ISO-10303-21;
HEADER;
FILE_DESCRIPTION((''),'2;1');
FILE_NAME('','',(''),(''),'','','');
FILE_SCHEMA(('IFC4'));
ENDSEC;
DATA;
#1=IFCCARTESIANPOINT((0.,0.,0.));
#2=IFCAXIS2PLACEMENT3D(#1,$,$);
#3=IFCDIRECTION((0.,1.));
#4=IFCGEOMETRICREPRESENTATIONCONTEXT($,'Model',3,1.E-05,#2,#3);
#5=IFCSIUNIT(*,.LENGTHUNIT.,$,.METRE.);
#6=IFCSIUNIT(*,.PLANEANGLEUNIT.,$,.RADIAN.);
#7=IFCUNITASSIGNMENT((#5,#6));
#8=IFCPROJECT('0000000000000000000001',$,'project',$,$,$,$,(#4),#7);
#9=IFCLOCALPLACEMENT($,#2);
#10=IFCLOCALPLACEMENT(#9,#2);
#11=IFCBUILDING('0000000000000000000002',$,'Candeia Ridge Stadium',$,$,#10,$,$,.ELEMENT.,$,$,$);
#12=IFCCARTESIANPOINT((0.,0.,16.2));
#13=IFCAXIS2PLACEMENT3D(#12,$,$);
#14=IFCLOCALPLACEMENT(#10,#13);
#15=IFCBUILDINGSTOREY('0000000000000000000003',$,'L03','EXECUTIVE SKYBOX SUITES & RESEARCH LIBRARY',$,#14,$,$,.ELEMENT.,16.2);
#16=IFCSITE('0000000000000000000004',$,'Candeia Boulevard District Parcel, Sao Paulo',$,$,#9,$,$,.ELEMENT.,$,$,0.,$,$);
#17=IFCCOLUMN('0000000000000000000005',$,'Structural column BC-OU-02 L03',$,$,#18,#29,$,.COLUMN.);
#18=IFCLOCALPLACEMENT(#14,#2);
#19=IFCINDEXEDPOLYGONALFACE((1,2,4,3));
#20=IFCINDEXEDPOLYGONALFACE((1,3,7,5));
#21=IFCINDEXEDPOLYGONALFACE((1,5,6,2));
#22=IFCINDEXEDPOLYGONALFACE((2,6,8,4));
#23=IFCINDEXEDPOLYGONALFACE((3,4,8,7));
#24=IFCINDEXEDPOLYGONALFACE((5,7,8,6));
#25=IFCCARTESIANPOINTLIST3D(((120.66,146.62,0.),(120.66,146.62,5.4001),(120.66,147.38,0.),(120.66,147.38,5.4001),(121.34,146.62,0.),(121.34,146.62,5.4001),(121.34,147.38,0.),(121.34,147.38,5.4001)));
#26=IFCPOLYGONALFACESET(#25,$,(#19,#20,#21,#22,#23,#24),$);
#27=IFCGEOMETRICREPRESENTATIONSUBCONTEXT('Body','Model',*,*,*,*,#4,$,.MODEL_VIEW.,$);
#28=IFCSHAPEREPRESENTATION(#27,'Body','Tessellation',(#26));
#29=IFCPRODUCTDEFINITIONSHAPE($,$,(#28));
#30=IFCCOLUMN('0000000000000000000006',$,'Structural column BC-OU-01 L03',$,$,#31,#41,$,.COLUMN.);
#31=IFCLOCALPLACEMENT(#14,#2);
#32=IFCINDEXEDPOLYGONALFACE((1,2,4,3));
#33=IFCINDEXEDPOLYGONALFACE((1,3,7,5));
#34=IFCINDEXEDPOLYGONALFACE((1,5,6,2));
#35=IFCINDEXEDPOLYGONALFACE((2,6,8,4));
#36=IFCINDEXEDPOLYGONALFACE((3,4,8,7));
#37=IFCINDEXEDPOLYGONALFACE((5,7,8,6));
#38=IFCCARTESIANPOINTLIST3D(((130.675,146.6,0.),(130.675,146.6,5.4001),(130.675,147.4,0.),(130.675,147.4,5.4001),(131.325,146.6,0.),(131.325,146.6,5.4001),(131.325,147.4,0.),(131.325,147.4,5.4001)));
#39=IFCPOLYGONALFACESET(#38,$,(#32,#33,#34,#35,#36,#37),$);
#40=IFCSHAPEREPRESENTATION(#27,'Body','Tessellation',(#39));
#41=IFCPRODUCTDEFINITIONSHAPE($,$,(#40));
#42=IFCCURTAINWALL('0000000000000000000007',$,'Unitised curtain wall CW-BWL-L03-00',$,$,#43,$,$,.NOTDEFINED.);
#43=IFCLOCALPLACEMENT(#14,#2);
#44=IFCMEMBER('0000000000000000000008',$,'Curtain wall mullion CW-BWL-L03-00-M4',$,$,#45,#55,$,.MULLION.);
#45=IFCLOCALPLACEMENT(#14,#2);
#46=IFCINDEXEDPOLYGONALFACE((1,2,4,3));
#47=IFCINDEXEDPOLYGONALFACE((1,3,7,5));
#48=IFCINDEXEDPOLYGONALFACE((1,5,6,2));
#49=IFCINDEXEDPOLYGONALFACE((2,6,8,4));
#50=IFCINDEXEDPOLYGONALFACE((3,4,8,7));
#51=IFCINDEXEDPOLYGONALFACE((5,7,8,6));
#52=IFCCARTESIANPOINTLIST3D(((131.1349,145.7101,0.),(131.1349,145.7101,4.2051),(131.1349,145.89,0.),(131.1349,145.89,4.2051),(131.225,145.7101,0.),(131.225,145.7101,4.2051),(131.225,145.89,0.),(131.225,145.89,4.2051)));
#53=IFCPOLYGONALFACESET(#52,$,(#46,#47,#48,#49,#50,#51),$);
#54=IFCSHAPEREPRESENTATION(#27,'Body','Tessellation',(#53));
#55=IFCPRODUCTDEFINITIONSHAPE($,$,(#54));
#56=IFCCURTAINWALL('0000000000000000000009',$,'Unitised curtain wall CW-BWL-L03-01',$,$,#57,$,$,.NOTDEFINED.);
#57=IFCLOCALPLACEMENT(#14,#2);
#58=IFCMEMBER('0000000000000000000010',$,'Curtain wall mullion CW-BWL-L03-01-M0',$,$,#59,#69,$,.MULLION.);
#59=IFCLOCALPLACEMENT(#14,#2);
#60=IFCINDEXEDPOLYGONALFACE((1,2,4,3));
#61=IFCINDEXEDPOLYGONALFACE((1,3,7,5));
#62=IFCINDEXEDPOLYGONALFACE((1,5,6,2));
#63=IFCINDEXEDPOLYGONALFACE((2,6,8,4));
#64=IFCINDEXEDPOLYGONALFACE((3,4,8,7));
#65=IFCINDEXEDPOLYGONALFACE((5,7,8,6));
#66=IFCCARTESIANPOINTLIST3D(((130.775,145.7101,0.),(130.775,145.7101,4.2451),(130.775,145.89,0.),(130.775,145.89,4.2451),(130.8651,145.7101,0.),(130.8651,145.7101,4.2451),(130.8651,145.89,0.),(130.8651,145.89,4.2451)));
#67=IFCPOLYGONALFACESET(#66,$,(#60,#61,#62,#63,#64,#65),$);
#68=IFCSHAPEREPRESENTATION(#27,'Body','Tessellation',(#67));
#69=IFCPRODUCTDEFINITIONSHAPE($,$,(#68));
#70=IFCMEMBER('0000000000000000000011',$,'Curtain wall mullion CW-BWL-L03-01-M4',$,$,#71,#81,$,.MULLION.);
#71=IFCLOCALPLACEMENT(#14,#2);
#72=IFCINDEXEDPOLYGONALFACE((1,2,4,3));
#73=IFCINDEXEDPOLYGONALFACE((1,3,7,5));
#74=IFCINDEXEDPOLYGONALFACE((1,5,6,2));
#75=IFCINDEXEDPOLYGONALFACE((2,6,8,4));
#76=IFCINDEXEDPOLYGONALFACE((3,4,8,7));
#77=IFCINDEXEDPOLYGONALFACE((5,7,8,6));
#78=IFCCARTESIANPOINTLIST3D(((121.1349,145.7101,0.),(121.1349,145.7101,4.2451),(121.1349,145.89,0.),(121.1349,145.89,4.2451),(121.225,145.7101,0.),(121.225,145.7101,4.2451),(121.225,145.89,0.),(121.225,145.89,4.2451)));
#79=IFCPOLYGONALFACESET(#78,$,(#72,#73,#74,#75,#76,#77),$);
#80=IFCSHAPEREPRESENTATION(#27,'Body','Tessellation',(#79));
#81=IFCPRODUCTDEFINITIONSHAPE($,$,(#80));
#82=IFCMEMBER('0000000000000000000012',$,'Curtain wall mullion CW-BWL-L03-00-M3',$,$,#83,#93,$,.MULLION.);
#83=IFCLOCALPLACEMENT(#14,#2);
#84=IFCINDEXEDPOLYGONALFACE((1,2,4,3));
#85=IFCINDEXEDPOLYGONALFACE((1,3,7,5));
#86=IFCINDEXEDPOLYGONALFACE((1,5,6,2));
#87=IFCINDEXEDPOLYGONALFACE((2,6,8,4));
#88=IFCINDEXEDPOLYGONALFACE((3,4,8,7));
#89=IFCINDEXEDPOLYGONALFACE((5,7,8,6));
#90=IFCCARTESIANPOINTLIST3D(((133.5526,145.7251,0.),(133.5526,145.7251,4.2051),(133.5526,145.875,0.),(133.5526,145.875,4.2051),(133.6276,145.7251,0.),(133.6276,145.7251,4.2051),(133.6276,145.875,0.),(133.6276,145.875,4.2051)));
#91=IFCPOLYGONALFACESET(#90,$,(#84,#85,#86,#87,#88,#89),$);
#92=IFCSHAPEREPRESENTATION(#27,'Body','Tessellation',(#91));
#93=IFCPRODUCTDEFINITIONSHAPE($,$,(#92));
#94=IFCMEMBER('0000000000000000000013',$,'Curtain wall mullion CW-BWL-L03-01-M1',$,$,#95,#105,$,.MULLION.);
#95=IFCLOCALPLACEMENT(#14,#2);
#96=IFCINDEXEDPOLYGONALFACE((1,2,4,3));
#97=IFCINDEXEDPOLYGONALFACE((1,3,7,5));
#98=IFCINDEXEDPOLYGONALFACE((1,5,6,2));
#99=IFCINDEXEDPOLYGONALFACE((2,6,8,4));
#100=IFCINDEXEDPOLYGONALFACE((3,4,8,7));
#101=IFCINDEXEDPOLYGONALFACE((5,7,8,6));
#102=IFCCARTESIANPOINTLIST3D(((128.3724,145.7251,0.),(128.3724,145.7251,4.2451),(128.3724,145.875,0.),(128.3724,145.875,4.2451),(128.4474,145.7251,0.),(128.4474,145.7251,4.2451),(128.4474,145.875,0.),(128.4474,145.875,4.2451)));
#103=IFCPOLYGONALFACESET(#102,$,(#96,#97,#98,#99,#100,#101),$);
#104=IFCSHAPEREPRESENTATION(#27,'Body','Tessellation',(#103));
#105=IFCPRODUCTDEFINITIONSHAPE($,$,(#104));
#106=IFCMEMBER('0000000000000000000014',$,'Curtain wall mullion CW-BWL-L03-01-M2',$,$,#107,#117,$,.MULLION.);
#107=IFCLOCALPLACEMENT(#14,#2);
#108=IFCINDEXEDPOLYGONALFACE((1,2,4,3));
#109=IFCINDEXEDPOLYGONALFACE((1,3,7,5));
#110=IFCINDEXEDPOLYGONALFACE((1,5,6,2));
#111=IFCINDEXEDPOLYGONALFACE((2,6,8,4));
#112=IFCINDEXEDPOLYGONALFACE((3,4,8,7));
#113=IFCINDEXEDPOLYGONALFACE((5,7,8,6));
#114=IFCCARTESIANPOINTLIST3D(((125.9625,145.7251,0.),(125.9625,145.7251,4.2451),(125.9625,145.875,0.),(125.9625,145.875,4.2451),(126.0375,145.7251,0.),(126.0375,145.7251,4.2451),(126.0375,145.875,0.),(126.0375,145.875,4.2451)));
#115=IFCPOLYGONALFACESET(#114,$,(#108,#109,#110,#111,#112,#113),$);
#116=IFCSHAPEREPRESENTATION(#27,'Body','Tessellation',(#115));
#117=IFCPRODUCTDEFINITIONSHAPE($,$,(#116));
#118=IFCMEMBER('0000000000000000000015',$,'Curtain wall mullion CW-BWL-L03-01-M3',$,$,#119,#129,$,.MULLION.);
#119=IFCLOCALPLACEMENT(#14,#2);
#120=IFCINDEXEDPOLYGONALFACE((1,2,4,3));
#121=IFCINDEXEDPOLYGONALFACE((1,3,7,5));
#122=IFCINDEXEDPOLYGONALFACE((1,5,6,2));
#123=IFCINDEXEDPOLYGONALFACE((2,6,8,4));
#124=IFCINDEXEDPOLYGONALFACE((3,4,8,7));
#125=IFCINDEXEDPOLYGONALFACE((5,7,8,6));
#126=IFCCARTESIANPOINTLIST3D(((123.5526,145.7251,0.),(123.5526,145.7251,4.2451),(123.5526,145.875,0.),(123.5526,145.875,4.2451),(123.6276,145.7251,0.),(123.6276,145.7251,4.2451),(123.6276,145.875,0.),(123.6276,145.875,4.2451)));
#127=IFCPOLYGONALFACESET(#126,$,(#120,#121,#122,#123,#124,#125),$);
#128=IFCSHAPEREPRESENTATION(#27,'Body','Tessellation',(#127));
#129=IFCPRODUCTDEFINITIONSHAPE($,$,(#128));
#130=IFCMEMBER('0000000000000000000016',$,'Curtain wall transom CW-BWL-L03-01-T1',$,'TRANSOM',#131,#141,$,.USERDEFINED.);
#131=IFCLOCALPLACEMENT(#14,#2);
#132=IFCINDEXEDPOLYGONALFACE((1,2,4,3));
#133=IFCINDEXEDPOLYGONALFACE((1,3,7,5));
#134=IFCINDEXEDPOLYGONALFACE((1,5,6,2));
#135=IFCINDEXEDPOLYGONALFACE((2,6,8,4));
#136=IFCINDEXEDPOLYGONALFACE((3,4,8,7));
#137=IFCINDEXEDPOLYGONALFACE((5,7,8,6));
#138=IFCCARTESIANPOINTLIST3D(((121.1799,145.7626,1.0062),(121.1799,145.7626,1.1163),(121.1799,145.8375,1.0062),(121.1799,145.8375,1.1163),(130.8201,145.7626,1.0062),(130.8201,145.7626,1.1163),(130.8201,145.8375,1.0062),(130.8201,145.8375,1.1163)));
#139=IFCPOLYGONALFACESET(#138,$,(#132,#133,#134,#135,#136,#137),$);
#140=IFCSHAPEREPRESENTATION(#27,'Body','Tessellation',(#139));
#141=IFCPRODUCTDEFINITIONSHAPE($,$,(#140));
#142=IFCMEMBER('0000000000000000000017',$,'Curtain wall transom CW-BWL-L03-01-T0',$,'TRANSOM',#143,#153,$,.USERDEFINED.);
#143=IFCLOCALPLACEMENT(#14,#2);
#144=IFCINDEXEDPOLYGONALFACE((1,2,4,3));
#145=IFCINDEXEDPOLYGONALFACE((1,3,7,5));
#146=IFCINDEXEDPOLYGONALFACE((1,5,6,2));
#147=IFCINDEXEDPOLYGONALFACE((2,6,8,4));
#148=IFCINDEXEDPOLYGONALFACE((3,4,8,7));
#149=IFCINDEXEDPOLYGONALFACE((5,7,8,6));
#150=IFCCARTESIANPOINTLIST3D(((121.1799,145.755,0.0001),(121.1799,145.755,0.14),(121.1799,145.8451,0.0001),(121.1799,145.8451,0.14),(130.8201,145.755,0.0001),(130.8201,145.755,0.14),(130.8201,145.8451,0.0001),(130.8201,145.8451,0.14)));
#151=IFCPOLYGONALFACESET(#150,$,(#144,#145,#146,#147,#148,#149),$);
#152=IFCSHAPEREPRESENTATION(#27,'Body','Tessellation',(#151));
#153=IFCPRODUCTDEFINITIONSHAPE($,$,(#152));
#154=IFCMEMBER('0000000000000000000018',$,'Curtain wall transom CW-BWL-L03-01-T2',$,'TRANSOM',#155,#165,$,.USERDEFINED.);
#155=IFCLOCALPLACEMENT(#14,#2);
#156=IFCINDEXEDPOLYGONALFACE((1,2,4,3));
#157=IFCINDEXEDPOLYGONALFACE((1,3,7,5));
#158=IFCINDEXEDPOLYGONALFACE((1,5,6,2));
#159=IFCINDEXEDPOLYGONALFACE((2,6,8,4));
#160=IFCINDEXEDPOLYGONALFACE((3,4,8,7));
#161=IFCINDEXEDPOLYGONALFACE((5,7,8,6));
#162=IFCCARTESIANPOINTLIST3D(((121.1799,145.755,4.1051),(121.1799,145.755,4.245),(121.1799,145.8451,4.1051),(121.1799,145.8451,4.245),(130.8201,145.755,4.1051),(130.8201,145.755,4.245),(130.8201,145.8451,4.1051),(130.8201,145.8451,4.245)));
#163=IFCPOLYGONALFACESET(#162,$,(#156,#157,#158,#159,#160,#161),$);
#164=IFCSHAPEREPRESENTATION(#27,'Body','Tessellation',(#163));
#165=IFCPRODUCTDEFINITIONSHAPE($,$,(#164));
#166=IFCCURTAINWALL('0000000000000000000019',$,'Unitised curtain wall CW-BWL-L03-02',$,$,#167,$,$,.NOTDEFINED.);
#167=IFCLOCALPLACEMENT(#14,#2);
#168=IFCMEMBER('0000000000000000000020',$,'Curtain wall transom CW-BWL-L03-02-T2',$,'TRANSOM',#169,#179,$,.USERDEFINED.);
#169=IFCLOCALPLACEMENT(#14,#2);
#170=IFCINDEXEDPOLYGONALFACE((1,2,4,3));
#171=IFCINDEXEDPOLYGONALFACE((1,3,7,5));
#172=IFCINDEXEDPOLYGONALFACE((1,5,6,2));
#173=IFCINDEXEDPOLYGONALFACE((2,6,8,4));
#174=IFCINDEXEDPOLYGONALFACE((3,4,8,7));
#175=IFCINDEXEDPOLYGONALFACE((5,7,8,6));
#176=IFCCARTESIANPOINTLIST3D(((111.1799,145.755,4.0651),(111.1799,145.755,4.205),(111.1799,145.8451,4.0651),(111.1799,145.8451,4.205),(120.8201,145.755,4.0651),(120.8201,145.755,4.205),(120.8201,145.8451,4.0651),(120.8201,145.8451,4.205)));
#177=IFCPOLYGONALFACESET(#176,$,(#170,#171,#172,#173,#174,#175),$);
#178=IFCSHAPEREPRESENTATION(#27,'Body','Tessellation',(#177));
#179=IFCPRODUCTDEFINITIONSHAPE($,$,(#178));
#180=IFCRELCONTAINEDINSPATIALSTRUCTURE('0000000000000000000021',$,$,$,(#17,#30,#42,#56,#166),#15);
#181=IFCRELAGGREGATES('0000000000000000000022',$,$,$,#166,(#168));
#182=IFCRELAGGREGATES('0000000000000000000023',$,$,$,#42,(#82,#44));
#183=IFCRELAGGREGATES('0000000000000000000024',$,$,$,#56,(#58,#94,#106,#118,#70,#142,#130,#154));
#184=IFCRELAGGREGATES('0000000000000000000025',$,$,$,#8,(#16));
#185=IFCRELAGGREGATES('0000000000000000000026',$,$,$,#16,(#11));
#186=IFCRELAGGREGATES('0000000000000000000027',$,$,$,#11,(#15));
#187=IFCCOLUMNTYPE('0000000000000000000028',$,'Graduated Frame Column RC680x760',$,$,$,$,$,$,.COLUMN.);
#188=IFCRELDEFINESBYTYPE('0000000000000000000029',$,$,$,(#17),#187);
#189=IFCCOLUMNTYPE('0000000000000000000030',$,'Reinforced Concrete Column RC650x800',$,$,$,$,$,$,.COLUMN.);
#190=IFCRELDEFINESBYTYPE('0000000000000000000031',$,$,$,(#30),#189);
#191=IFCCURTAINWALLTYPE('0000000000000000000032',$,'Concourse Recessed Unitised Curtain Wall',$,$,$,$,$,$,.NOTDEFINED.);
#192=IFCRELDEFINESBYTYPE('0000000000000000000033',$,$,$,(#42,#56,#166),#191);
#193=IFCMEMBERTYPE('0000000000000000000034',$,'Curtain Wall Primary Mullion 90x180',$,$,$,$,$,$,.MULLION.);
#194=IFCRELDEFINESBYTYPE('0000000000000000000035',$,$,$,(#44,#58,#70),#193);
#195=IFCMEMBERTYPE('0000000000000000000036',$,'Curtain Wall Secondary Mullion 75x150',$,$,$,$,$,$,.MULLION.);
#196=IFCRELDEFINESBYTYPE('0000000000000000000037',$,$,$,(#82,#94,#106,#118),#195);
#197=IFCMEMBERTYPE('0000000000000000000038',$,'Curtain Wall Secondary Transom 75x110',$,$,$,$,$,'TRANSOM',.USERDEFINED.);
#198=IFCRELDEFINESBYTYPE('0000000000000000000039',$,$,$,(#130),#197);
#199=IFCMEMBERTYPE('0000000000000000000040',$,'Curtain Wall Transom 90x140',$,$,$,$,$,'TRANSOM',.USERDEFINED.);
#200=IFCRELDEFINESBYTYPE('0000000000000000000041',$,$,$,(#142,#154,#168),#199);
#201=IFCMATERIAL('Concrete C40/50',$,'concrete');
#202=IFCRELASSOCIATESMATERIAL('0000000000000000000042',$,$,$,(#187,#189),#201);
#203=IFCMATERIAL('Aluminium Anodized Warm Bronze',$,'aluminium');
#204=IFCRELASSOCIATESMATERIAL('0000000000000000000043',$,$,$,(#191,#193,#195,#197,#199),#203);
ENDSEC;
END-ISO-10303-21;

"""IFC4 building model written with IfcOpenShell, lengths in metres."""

from ifc_helpers import new_model, si_unit, direction, frame, origin, origin_2d, place, context, subcontext, project, spatial, rectangle, extrude, material, material_profile, profile_set, type_object, element, aggregate, save


model = new_model("IFC4")

# Units and contexts
model_context = context("Model", 3, precision=1e-05, world=origin(), true_north=direction((0.0, 1.0)))
body_context = subcontext(model_context, "Body", "Model", "MODEL_VIEW")
ifc_project = project(units=[si_unit("LENGTHUNIT", "METRE"), si_unit("PLANEANGLEUNIT", "RADIAN")], contexts=[model_context])

# Site, building, storey
site_placement = place(None, origin())
site = spatial("IfcSite", under=ifc_project, at=site_placement, Name="Candeia Boulevard District Parcel, Sao Paulo", CompositionType="ELEMENT", RefElevation=0.0)
building_placement = place(site_placement, origin())
building = spatial("IfcBuilding", under=site, at=building_placement, Name="Candeia Ridge Stadium", CompositionType="ELEMENT")
storey_placement = place(building_placement, frame((0.0, 0.0, 16.2)))
storey = spatial("IfcBuildingStorey", under=building, at=storey_placement, Name="L03", Description="EXECUTIVE SKYBOX SUITES & RESEARCH LIBRARY", CompositionType="ELEMENT", Elevation=16.2)

# Columns
ifc_material_1 = material(Name="Concrete C40/50", Category="concrete")
ifc_material_profile_1 = material_profile(ifc_material_1, rectangle(XDim=0.6799, YDim=0.76, at=origin_2d()), Name="RC680x760", Category="concrete")
ifc_profile_set_1 = profile_set([ifc_material_profile_1], Name="Concrete C40/50")
column_type_1 = type_object("IfcColumnType", Name="Graduated Frame Column RC680x760", PredefinedType="COLUMN", material=ifc_profile_set_1)
column_1_placement = place(storey_placement, frame((121.0, 147.0, 0.0), z_axis=(0.0, 0.0, 1.0), x_axis=(1.0, 0.0, 0.0)))
element("IfcColumn", 1, at=column_1_placement, inside=storey, type_object=column_type_1, Name="Structural column BC-OU-02 L03", PredefinedType="COLUMN", context=body_context, shape_type="SweptSolid", body=[
    extrude(rectangle(XDim=0.6799, YDim=0.76, at=origin_2d()), origin(), (0.0, 0.0, 1.0), 5.4001),
])
ifc_material_profile_2 = material_profile(ifc_material_1, rectangle(XDim=0.6499, YDim=0.8, at=origin_2d()), Name="RC650x800", Category="concrete")
ifc_profile_set_2 = profile_set([ifc_material_profile_2], Name="Concrete C40/50")
column_type_2 = type_object("IfcColumnType", Name="Reinforced Concrete Column RC650x800", PredefinedType="COLUMN", material=ifc_profile_set_2)
column_2_placement = place(storey_placement, frame((131.0, 147.0, 0.0), z_axis=(0.0, 0.0, 1.0), x_axis=(1.0, 0.0, 0.0)))
element("IfcColumn", 2, at=column_2_placement, inside=storey, type_object=column_type_2, Name="Structural column BC-OU-01 L03", PredefinedType="COLUMN", context=body_context, shape_type="SweptSolid", body=[
    extrude(rectangle(XDim=0.6499, YDim=0.8, at=origin_2d()), origin(), (0.0, 0.0, 1.0), 5.4001),
])

# Curtain wall, member
ifc_material_2 = material(Name="Aluminium Anodized Warm Bronze", Category="aluminium")
curtain_wall_type = type_object("IfcCurtainWallType", Name="Concourse Recessed Unitised Curtain Wall", PredefinedType="NOTDEFINED", material=ifc_material_2)
curtain_wall_1_placement = place(storey_placement, origin())
curtain_wall_1 = element("IfcCurtainWall", 3, at=curtain_wall_1_placement, inside=storey, type_object=curtain_wall_type, Name="Unitised curtain wall CW-BWL-L03-00", PredefinedType="NOTDEFINED")
ifc_material_profile_3 = material_profile(ifc_material_2, rectangle(XDim=0.0901, YDim=0.1799, at=origin_2d()), Name="CWM-90x180", Category="aluminium")
ifc_profile_set_3 = profile_set([ifc_material_profile_3], Name="Aluminium Anodized Warm Bronze")
member_type_1 = type_object("IfcMemberType", Name="Curtain Wall Primary Mullion 90x180", PredefinedType="MULLION", material=ifc_profile_set_3)
member_1_placement = place(storey_placement, frame((131.1799, 145.8, 0.0), z_axis=(0.0, 0.0, 1.0), x_axis=(1.0, 0.0, 0.0)))
member_1 = element("IfcMember", 4, at=member_1_placement, type_object=member_type_1, Name="Curtain wall mullion CW-BWL-L03-00-M4", PredefinedType="MULLION", context=body_context, shape_type="SweptSolid", body=[
    extrude(rectangle(XDim=0.0901, YDim=0.1799, at=origin_2d()), origin(), (0.0, 0.0, 1.0), 4.2051),
])

# Curtain wall, members
curtain_wall_2_placement = place(storey_placement, origin())
curtain_wall_2 = element("IfcCurtainWall", 5, at=curtain_wall_2_placement, inside=storey, type_object=curtain_wall_type, Name="Unitised curtain wall CW-BWL-L03-01", PredefinedType="NOTDEFINED")
member_2_placement = place(storey_placement, frame((130.8201, 145.8, 0.0), z_axis=(0.0, 0.0, 1.0), x_axis=(1.0, 0.0, 0.0)))
member_2 = element("IfcMember", 6, at=member_2_placement, type_object=member_type_1, Name="Curtain wall mullion CW-BWL-L03-01-M0", PredefinedType="MULLION", context=body_context, shape_type="SweptSolid", body=[
    extrude(rectangle(XDim=0.0901, YDim=0.1799, at=origin_2d()), origin(), (0.0, 0.0, 1.0), 4.2451),
])
member_3_placement = place(storey_placement, frame((121.1799, 145.8, 0.0), z_axis=(0.0, 0.0, 1.0), x_axis=(1.0, 0.0, 0.0)))
member_3 = element("IfcMember", 7, at=member_3_placement, type_object=member_type_1, Name="Curtain wall mullion CW-BWL-L03-01-M4", PredefinedType="MULLION", context=body_context, shape_type="SweptSolid", body=[
    extrude(rectangle(XDim=0.0901, YDim=0.1799, at=origin_2d()), origin(), (0.0, 0.0, 1.0), 4.2451),
])

# Members
ifc_material_profile_4 = material_profile(ifc_material_2, rectangle(XDim=0.075, YDim=0.1499, at=origin_2d()), Name="CWM-75x150", Category="aluminium")
ifc_profile_set_4 = profile_set([ifc_material_profile_4], Name="Aluminium Anodized Warm Bronze")
member_type_2 = type_object("IfcMemberType", Name="Curtain Wall Secondary Mullion 75x150", PredefinedType="MULLION", material=ifc_profile_set_4)
member_4_placement = place(storey_placement, frame((133.5901, 145.8, 0.0), z_axis=(0.0, 0.0, 1.0), x_axis=(1.0, 0.0, 0.0)))
member_4 = element("IfcMember", 8, at=member_4_placement, type_object=member_type_2, Name="Curtain wall mullion CW-BWL-L03-00-M3", PredefinedType="MULLION", context=body_context, shape_type="SweptSolid", body=[
    extrude(rectangle(XDim=0.075, YDim=0.1499, at=origin_2d()), origin(), (0.0, 0.0, 1.0), 4.2051),
])
member_5_placement = place(storey_placement, frame((128.4099, 145.8, 0.0), z_axis=(0.0, 0.0, 1.0), x_axis=(1.0, 0.0, 0.0)))
member_5 = element("IfcMember", 9, at=member_5_placement, type_object=member_type_2, Name="Curtain wall mullion CW-BWL-L03-01-M1", PredefinedType="MULLION", context=body_context, shape_type="SweptSolid", body=[
    extrude(rectangle(XDim=0.075, YDim=0.1499, at=origin_2d()), origin(), (0.0, 0.0, 1.0), 4.2451),
])
member_6_placement = place(storey_placement, frame((126.0, 145.8, 0.0), z_axis=(0.0, 0.0, 1.0), x_axis=(1.0, 0.0, 0.0)))
member_6 = element("IfcMember", 10, at=member_6_placement, type_object=member_type_2, Name="Curtain wall mullion CW-BWL-L03-01-M2", PredefinedType="MULLION", context=body_context, shape_type="SweptSolid", body=[
    extrude(rectangle(XDim=0.075, YDim=0.1499, at=origin_2d()), origin(), (0.0, 0.0, 1.0), 4.2451),
])
member_7_placement = place(storey_placement, frame((123.5901, 145.8, 0.0), z_axis=(0.0, 0.0, 1.0), x_axis=(1.0, 0.0, 0.0)))
member_7 = element("IfcMember", 11, at=member_7_placement, type_object=member_type_2, Name="Curtain wall mullion CW-BWL-L03-01-M3", PredefinedType="MULLION", context=body_context, shape_type="SweptSolid", body=[
    extrude(rectangle(XDim=0.075, YDim=0.1499, at=origin_2d()), origin(), (0.0, 0.0, 1.0), 4.2451),
])
ifc_material_profile_5 = material_profile(ifc_material_2, rectangle(XDim=0.075, YDim=0.1101, at=origin_2d()), Name="CWT-75x110", Category="aluminium")
ifc_profile_set_5 = profile_set([ifc_material_profile_5], Name="Aluminium Anodized Warm Bronze")
member_type_3 = type_object("IfcMemberType", Name="Curtain Wall Secondary Transom 75x110", ElementType="TRANSOM", PredefinedType="USERDEFINED", material=ifc_profile_set_5)
member_8_placement = place(storey_placement, frame((130.8201, 145.8, 1.0613), z_axis=(-1.0, 0.0, 0.0), x_axis=(0.0, -1.0, 0.0)))
member_8 = element("IfcMember", 12, at=member_8_placement, type_object=member_type_3, Name="Curtain wall transom CW-BWL-L03-01-T1", ObjectType="TRANSOM", PredefinedType="USERDEFINED", context=body_context, shape_type="SweptSolid", body=[
    extrude(rectangle(XDim=0.075, YDim=0.1101, at=origin_2d()), origin(), (0.0, 0.0, 1.0), 9.6401),
])
ifc_material_profile_6 = material_profile(ifc_material_2, rectangle(XDim=0.0901, YDim=0.1399, at=origin_2d()), Name="CWT-90x140", Category="aluminium")
ifc_profile_set_6 = profile_set([ifc_material_profile_6], Name="Aluminium Anodized Warm Bronze")
member_type_4 = type_object("IfcMemberType", Name="Curtain Wall Transom 90x140", ElementType="TRANSOM", PredefinedType="USERDEFINED", material=ifc_profile_set_6)
member_9_placement = place(storey_placement, frame((130.8201, 145.8, 0.0701), z_axis=(-1.0, 0.0, 0.0), x_axis=(0.0, -1.0, 0.0)))
member_9 = element("IfcMember", 13, at=member_9_placement, type_object=member_type_4, Name="Curtain wall transom CW-BWL-L03-01-T0", ObjectType="TRANSOM", PredefinedType="USERDEFINED", context=body_context, shape_type="SweptSolid", body=[
    extrude(rectangle(XDim=0.0901, YDim=0.1399, at=origin_2d()), origin(), (0.0, 0.0, 1.0), 9.6401),
])
member_10_placement = place(storey_placement, frame((130.8201, 145.8, 4.175), z_axis=(-1.0, 0.0, 0.0), x_axis=(0.0, -1.0, 0.0)))
member_10 = element("IfcMember", 14, at=member_10_placement, type_object=member_type_4, Name="Curtain wall transom CW-BWL-L03-01-T2", ObjectType="TRANSOM", PredefinedType="USERDEFINED", context=body_context, shape_type="SweptSolid", body=[
    extrude(rectangle(XDim=0.0901, YDim=0.1399, at=origin_2d()), origin(), (0.0, 0.0, 1.0), 9.6401),
])

# Curtain wall, member
curtain_wall_3_placement = place(storey_placement, origin())
curtain_wall_3 = element("IfcCurtainWall", 15, at=curtain_wall_3_placement, inside=storey, type_object=curtain_wall_type, Name="Unitised curtain wall CW-BWL-L03-02", PredefinedType="NOTDEFINED")
member_11_placement = place(storey_placement, frame((120.8201, 145.8, 4.135), z_axis=(-1.0, 0.0, 0.0), x_axis=(0.0, -1.0, 0.0)))
member_11 = element("IfcMember", 16, at=member_11_placement, type_object=member_type_4, Name="Curtain wall transom CW-BWL-L03-02-T2", ObjectType="TRANSOM", PredefinedType="USERDEFINED", context=body_context, shape_type="SweptSolid", body=[
    extrude(rectangle(XDim=0.0901, YDim=0.1399, at=origin_2d()), origin(), (0.0, 0.0, 1.0), 9.6401),
])
aggregate(curtain_wall_3, [member_11])

aggregate(curtain_wall_1, [member_4, member_1])
aggregate(curtain_wall_2, [member_2, member_5, member_6, member_7, member_3, member_9, member_8, member_10])

save(model, "model.ifc")
